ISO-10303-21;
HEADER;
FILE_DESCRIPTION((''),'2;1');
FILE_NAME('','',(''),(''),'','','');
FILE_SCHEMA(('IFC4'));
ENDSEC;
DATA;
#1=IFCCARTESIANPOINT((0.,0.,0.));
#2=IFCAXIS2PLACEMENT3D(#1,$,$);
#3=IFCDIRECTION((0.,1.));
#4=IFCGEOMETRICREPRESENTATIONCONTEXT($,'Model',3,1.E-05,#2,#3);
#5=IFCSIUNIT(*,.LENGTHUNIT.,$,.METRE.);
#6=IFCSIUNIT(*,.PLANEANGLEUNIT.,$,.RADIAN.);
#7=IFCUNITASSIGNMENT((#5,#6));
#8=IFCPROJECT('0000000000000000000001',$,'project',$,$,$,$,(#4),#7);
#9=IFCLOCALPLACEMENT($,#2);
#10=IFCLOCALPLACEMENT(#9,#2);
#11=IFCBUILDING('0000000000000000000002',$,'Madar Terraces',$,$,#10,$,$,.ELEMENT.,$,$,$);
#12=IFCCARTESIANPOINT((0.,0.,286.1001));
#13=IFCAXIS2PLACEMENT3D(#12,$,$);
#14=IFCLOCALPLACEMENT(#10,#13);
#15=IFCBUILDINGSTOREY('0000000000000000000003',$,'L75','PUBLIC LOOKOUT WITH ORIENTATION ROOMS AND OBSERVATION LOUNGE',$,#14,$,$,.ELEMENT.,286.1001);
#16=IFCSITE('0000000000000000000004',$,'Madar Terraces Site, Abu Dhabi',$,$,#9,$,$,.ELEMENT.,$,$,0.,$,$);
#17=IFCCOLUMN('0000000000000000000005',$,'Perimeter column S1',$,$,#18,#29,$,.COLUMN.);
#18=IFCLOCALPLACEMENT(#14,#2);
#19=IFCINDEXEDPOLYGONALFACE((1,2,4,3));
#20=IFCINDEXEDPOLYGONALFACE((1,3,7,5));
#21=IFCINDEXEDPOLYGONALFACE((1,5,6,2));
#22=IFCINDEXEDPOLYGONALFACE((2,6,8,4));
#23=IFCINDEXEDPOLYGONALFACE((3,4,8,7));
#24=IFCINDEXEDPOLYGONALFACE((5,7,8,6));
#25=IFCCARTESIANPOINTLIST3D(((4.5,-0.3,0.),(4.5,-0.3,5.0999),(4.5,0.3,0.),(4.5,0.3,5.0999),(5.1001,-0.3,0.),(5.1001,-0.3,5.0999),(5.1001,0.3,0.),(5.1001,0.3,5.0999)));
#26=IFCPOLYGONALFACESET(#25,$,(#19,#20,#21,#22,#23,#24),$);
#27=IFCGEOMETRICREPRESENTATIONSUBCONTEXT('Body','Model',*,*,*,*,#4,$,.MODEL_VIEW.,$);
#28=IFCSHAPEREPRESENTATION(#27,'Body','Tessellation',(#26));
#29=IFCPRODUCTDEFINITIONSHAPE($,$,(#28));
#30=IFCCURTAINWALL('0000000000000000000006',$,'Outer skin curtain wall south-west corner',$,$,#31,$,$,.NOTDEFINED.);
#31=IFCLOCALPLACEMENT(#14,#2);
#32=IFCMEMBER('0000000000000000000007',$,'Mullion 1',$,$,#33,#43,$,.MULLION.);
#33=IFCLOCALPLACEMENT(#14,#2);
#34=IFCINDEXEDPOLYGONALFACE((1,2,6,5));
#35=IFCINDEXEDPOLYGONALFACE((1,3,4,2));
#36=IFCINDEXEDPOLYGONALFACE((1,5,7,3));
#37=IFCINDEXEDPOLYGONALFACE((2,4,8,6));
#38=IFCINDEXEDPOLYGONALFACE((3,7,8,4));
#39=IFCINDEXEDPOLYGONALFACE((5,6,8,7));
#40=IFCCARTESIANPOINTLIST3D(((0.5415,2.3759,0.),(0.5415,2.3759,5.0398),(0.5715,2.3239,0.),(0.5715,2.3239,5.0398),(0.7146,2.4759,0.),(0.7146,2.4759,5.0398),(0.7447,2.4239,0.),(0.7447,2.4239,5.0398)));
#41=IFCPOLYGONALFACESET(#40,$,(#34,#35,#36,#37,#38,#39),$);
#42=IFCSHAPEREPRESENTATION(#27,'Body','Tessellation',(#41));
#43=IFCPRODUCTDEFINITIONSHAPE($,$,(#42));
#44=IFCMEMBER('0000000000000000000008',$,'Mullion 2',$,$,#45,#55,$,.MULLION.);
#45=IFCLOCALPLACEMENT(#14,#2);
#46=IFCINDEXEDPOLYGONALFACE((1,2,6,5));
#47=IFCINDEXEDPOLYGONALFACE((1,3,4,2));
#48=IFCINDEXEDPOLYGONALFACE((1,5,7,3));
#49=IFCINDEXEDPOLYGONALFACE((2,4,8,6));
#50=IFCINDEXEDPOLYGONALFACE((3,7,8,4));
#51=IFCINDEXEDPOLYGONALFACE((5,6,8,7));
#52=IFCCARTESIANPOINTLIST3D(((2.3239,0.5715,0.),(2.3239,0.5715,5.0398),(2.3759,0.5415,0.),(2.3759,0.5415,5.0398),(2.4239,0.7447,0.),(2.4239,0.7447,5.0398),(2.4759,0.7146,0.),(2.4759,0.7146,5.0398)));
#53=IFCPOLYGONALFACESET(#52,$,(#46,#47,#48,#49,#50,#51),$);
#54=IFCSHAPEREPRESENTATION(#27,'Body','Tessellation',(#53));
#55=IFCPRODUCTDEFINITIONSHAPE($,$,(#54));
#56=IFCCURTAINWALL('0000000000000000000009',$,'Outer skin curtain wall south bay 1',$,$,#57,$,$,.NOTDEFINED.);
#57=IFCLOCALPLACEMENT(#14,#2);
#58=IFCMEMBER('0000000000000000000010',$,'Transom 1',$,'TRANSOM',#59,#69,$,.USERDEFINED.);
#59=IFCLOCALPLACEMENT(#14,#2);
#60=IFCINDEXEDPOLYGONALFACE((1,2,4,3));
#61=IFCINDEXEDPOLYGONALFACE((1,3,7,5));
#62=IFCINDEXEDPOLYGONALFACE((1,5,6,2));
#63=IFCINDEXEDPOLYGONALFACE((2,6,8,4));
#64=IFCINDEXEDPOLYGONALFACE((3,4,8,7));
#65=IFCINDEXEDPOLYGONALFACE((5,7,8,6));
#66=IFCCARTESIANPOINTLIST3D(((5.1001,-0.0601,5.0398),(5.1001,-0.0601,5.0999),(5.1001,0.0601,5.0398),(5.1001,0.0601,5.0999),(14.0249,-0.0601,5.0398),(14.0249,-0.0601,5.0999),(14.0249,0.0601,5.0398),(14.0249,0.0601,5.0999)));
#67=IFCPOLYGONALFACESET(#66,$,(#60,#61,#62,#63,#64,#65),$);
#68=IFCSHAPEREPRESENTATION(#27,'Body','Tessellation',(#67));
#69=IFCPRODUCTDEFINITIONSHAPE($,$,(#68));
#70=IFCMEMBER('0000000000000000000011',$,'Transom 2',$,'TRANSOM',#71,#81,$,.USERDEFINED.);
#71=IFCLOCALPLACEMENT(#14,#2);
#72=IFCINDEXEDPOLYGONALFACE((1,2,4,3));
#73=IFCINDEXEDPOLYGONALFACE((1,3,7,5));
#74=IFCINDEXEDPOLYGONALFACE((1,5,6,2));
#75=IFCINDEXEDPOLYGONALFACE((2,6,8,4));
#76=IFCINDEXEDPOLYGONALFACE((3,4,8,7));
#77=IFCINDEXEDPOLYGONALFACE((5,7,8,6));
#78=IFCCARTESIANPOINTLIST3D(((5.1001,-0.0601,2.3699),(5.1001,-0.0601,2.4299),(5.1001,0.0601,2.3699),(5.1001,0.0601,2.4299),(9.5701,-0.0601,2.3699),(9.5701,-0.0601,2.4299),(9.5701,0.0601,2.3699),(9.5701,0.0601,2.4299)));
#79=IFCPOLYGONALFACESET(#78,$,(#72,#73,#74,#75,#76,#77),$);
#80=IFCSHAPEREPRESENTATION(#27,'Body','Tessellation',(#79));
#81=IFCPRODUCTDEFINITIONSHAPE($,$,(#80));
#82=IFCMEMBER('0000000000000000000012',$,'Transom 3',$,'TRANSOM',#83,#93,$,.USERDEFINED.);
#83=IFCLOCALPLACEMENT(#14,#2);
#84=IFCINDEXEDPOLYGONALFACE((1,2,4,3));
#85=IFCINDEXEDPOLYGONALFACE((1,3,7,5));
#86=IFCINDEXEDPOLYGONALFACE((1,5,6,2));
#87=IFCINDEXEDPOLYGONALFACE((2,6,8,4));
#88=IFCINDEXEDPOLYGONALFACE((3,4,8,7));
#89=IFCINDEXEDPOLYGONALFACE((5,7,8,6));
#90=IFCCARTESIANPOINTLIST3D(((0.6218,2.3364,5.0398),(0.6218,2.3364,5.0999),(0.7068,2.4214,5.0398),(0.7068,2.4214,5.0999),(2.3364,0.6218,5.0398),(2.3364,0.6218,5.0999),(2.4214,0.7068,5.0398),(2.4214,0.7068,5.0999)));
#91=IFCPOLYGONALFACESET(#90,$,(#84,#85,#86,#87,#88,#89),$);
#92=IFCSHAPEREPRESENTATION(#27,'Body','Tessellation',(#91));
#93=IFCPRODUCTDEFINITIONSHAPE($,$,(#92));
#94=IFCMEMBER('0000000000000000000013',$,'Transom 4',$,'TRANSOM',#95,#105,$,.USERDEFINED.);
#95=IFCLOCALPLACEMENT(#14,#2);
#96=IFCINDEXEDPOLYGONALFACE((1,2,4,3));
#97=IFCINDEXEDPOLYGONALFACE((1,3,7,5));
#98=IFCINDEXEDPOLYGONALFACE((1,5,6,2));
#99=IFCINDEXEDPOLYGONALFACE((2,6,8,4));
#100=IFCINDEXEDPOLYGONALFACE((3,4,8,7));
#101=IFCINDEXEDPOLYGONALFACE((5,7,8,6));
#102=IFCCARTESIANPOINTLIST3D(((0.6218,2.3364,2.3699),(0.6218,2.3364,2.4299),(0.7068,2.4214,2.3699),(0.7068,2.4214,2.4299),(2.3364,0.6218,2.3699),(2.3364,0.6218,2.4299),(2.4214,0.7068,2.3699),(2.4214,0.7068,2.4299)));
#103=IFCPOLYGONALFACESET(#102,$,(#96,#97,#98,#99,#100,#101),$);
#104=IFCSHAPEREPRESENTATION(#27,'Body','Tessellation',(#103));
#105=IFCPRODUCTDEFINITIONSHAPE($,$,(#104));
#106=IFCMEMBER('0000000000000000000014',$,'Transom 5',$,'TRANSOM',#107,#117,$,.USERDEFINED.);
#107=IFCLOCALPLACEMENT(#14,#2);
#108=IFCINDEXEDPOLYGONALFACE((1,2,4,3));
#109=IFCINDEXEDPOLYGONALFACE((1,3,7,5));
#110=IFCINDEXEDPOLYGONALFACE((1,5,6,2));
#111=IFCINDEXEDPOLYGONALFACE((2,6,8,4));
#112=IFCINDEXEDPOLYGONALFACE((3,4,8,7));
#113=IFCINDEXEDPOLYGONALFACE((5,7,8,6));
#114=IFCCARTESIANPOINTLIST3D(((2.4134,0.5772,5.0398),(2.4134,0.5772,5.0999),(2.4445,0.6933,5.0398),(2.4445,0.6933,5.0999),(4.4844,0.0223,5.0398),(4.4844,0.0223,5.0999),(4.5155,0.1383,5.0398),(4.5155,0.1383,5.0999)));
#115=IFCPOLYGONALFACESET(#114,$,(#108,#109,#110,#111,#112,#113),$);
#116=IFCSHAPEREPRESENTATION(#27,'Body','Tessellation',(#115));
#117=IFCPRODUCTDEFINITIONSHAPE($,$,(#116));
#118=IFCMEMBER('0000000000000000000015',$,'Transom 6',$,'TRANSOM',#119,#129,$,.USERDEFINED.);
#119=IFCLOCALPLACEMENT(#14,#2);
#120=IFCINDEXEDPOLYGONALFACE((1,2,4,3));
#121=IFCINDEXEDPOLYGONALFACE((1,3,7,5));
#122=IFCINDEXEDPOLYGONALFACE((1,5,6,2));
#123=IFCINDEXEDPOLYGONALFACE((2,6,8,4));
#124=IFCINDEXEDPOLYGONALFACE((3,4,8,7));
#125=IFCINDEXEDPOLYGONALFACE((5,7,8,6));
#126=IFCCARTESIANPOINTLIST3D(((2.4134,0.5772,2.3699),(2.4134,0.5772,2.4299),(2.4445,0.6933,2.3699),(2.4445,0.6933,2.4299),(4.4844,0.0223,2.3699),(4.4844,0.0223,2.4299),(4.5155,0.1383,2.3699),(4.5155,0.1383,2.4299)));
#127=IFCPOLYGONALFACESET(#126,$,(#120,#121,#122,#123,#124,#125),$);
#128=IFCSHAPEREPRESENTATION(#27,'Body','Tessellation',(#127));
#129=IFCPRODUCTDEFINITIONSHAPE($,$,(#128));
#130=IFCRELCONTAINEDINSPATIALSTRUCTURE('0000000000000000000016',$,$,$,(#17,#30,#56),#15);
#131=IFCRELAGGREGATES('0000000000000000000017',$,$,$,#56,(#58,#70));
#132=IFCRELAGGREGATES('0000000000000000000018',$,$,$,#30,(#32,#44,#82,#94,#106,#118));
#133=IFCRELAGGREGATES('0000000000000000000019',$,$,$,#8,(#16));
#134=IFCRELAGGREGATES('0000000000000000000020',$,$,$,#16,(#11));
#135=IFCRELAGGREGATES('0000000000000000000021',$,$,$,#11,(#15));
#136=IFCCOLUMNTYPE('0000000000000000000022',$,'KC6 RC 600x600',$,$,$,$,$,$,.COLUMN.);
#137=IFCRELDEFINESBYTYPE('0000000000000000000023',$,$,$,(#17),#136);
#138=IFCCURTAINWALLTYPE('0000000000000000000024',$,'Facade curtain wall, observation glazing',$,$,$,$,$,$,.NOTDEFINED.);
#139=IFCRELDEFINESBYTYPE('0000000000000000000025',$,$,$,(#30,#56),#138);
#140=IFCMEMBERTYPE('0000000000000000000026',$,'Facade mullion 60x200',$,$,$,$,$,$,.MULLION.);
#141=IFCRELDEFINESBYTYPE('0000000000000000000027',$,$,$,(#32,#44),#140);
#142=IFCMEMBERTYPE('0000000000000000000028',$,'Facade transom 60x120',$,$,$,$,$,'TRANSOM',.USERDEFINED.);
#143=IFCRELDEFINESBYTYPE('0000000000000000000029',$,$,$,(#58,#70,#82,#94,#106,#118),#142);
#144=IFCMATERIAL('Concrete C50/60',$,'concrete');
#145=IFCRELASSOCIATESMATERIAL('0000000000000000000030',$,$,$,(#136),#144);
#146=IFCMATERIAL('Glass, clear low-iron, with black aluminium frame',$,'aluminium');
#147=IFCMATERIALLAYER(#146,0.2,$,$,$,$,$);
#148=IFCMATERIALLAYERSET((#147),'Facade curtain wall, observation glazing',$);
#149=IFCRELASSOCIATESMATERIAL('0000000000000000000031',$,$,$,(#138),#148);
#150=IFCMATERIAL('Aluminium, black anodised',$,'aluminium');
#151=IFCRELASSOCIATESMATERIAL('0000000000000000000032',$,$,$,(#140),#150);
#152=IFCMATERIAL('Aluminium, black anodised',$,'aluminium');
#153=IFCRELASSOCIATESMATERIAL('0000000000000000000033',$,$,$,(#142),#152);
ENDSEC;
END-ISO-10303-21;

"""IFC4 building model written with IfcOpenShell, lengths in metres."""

from ifc_helpers import new_model, si_unit, direction, frame, origin, origin_2d, place, context, subcontext, project, spatial, rectangle, extrude, material, layer, layer_set, material_profile, profile_set, type_object, element, aggregate, save


model = new_model("IFC4")

# Units and contexts
model_context = context("Model", 3, precision=1e-05, world=origin(), true_north=direction((0.0, 1.0)))
body_context = subcontext(model_context, "Body", "Model", "MODEL_VIEW")
ifc_project = project(units=[si_unit("LENGTHUNIT", "METRE"), si_unit("PLANEANGLEUNIT", "RADIAN")], contexts=[model_context])

# Site, building, storey
site_placement = place(None, origin())
site = spatial("IfcSite", under=ifc_project, at=site_placement, Name="Madar Terraces Site, Abu Dhabi", CompositionType="ELEMENT", RefElevation=0.0)
building_placement = place(site_placement, origin())
building = spatial("IfcBuilding", under=site, at=building_placement, Name="Madar Terraces", CompositionType="ELEMENT")
storey_placement = place(building_placement, frame((0.0, 0.0, 286.1001)))
storey = spatial("IfcBuildingStorey", under=building, at=storey_placement, Name="L75", Description="PUBLIC LOOKOUT WITH ORIENTATION ROOMS AND OBSERVATION LOUNGE", CompositionType="ELEMENT", Elevation=286.1001)

# Column
ifc_material_1 = material(Name="Concrete C50/60", Category="concrete")
ifc_material_profile_1 = material_profile(ifc_material_1, rectangle(XDim=0.6001, YDim=0.6001, at=origin_2d()), Name="KC6 RC 600x600")
ifc_profile_set_1 = profile_set([ifc_material_profile_1], Name="Concrete C50/60")
column_type = type_object("IfcColumnType", Name="KC6 RC 600x600", PredefinedType="COLUMN", material=ifc_profile_set_1)
column_placement = place(storey_placement, frame((4.8, 0.0, 0.0), z_axis=(0.0, 0.0, 1.0), x_axis=(1.0, 0.0, 0.0)))
element("IfcColumn", 1, at=column_placement, inside=storey, type_object=column_type, Name="Perimeter column S1", PredefinedType="COLUMN", context=body_context, shape_type="SweptSolid", body=[
    extrude(rectangle(XDim=0.6001, YDim=0.6001, at=origin_2d()), origin(), (0.0, 0.0, 1.0), 5.0999),
])

# Curtain walls, members
ifc_material_2 = material(Name="Glass, clear low-iron, with black aluminium frame", Category="aluminium")
ifc_layer_1 = layer(ifc_material_2, 0.2)
ifc_layer_set_1 = layer_set([ifc_layer_1], Name="Facade curtain wall, observation glazing")
curtain_wall_type = type_object("IfcCurtainWallType", Name="Facade curtain wall, observation glazing", PredefinedType="NOTDEFINED", material=ifc_layer_set_1)
curtain_wall_1_placement = place(storey_placement, origin())
curtain_wall_1 = element("IfcCurtainWall", 2, at=curtain_wall_1_placement, inside=storey, type_object=curtain_wall_type, Name="Outer skin curtain wall south-west corner", PredefinedType="NOTDEFINED")
ifc_material_3 = material(Name="Aluminium, black anodised", Category="aluminium")
ifc_material_profile_2 = material_profile(ifc_material_3, rectangle(XDim=0.2, YDim=0.0601, at=origin_2d()), Name="Facade mullion 60x200")
ifc_profile_set_2 = profile_set([ifc_material_profile_2], Name="Aluminium, black anodised")
member_type_1 = type_object("IfcMemberType", Name="Facade mullion 60x200", PredefinedType="MULLION", material=ifc_profile_set_2)
member_1_placement = place(storey_placement, frame((0.6431, 2.3999, 0.0), z_axis=(0.0, 0.0, 1.0), x_axis=(0.866025, 0.5, 0.0)))
member_1 = element("IfcMember", 3, at=member_1_placement, type_object=member_type_1, Name="Mullion 1", PredefinedType="MULLION", context=body_context, shape_type="SweptSolid", body=[
    extrude(rectangle(XDim=0.2, YDim=0.0601, at=origin_2d()), origin(), (0.0, 0.0, 1.0), 5.0398),
])
member_2_placement = place(storey_placement, frame((2.3999, 0.6431, 0.0), z_axis=(0.0, 0.0, 1.0), x_axis=(0.5, 0.866025, 0.0)))
member_2 = element("IfcMember", 4, at=member_2_placement, type_object=member_type_1, Name="Mullion 2", PredefinedType="MULLION", context=body_context, shape_type="SweptSolid", body=[
    extrude(rectangle(XDim=0.2, YDim=0.0601, at=origin_2d()), origin(), (0.0, 0.0, 1.0), 5.0398),
])
curtain_wall_2_placement = place(storey_placement, origin())
curtain_wall_2 = element("IfcCurtainWall", 5, at=curtain_wall_2_placement, inside=storey, type_object=curtain_wall_type, Name="Outer skin curtain wall south bay 1", PredefinedType="NOTDEFINED")
ifc_material_4 = material(Name="Aluminium, black anodised", Category="aluminium")
ifc_material_profile_3 = material_profile(ifc_material_4, rectangle(XDim=0.1201, YDim=0.0601, at=origin_2d()), Name="Facade transom 60x120")
ifc_profile_set_3 = profile_set([ifc_material_profile_3], Name="Aluminium, black anodised")
member_type_2 = type_object("IfcMemberType", Name="Facade transom 60x120", ElementType="TRANSOM", PredefinedType="USERDEFINED", material=ifc_profile_set_3)
member_3_placement = place(storey_placement, frame((5.1001, 0.0, 5.0698), z_axis=(1.0, 0.0, 0.0), x_axis=(0.0, 1.0, 0.0)))
member_3 = element("IfcMember", 6, at=member_3_placement, type_object=member_type_2, Name="Transom 1", ObjectType="TRANSOM", PredefinedType="USERDEFINED", context=body_context, shape_type="SweptSolid", body=[
    extrude(rectangle(XDim=0.1201, YDim=0.0601, at=origin_2d()), origin(), (0.0, 0.0, 1.0), 8.9248),
])
member_4_placement = place(storey_placement, frame((5.1001, 0.0, 2.3999), z_axis=(1.0, 0.0, 0.0), x_axis=(0.0, 1.0, 0.0)))
member_4 = element("IfcMember", 7, at=member_4_placement, type_object=member_type_2, Name="Transom 2", ObjectType="TRANSOM", PredefinedType="USERDEFINED", context=body_context, shape_type="SweptSolid", body=[
    extrude(rectangle(XDim=0.1201, YDim=0.0601, at=origin_2d()), origin(), (0.0, 0.0, 1.0), 4.47),
])

# Members
member_5_placement = place(storey_placement, frame((0.6643, 2.3789, 5.0698), z_axis=(0.707107, -0.707107, 0.0), x_axis=(0.707107, 0.707107, 0.0)))
member_5 = element("IfcMember", 8, at=member_5_placement, type_object=member_type_2, Name="Transom 3", ObjectType="TRANSOM", PredefinedType="USERDEFINED", context=body_context, shape_type="SweptSolid", body=[
    extrude(rectangle(XDim=0.1201, YDim=0.0601, at=origin_2d()), origin(), (0.0, 0.0, 1.0), 2.4248),
])
member_6_placement = place(storey_placement, frame((0.6643, 2.3789, 2.3999), z_axis=(0.707107, -0.707107, 0.0), x_axis=(0.707107, 0.707107, 0.0)))
member_6 = element("IfcMember", 9, at=member_6_placement, type_object=member_type_2, Name="Transom 4", ObjectType="TRANSOM", PredefinedType="USERDEFINED", context=body_context, shape_type="SweptSolid", body=[
    extrude(rectangle(XDim=0.1201, YDim=0.0601, at=origin_2d()), origin(), (0.0, 0.0, 1.0), 2.4248),
])
member_7_placement = place(storey_placement, frame((2.429, 0.6353, 5.0698), z_axis=(0.965926, -0.258818, 0.0), x_axis=(0.258818, 0.965926, 0.0)))
member_7 = element("IfcMember", 10, at=member_7_placement, type_object=member_type_2, Name="Transom 5", ObjectType="TRANSOM", PredefinedType="USERDEFINED", context=body_context, shape_type="SweptSolid", body=[
    extrude(rectangle(XDim=0.1201, YDim=0.0601, at=origin_2d()), origin(), (0.0, 0.0, 1.0), 2.144),
])
member_8_placement = place(storey_placement, frame((2.429, 0.6353, 2.3999), z_axis=(0.965926, -0.258818, 0.0), x_axis=(0.258818, 0.965926, 0.0)))
member_8 = element("IfcMember", 11, at=member_8_placement, type_object=member_type_2, Name="Transom 6", ObjectType="TRANSOM", PredefinedType="USERDEFINED", context=body_context, shape_type="SweptSolid", body=[
    extrude(rectangle(XDim=0.1201, YDim=0.0601, at=origin_2d()), origin(), (0.0, 0.0, 1.0), 2.144),
])

aggregate(curtain_wall_2, [member_3, member_4])
aggregate(curtain_wall_1, [member_1, member_2, member_5, member_6, member_7, member_8])

save(model, "model.ifc")
